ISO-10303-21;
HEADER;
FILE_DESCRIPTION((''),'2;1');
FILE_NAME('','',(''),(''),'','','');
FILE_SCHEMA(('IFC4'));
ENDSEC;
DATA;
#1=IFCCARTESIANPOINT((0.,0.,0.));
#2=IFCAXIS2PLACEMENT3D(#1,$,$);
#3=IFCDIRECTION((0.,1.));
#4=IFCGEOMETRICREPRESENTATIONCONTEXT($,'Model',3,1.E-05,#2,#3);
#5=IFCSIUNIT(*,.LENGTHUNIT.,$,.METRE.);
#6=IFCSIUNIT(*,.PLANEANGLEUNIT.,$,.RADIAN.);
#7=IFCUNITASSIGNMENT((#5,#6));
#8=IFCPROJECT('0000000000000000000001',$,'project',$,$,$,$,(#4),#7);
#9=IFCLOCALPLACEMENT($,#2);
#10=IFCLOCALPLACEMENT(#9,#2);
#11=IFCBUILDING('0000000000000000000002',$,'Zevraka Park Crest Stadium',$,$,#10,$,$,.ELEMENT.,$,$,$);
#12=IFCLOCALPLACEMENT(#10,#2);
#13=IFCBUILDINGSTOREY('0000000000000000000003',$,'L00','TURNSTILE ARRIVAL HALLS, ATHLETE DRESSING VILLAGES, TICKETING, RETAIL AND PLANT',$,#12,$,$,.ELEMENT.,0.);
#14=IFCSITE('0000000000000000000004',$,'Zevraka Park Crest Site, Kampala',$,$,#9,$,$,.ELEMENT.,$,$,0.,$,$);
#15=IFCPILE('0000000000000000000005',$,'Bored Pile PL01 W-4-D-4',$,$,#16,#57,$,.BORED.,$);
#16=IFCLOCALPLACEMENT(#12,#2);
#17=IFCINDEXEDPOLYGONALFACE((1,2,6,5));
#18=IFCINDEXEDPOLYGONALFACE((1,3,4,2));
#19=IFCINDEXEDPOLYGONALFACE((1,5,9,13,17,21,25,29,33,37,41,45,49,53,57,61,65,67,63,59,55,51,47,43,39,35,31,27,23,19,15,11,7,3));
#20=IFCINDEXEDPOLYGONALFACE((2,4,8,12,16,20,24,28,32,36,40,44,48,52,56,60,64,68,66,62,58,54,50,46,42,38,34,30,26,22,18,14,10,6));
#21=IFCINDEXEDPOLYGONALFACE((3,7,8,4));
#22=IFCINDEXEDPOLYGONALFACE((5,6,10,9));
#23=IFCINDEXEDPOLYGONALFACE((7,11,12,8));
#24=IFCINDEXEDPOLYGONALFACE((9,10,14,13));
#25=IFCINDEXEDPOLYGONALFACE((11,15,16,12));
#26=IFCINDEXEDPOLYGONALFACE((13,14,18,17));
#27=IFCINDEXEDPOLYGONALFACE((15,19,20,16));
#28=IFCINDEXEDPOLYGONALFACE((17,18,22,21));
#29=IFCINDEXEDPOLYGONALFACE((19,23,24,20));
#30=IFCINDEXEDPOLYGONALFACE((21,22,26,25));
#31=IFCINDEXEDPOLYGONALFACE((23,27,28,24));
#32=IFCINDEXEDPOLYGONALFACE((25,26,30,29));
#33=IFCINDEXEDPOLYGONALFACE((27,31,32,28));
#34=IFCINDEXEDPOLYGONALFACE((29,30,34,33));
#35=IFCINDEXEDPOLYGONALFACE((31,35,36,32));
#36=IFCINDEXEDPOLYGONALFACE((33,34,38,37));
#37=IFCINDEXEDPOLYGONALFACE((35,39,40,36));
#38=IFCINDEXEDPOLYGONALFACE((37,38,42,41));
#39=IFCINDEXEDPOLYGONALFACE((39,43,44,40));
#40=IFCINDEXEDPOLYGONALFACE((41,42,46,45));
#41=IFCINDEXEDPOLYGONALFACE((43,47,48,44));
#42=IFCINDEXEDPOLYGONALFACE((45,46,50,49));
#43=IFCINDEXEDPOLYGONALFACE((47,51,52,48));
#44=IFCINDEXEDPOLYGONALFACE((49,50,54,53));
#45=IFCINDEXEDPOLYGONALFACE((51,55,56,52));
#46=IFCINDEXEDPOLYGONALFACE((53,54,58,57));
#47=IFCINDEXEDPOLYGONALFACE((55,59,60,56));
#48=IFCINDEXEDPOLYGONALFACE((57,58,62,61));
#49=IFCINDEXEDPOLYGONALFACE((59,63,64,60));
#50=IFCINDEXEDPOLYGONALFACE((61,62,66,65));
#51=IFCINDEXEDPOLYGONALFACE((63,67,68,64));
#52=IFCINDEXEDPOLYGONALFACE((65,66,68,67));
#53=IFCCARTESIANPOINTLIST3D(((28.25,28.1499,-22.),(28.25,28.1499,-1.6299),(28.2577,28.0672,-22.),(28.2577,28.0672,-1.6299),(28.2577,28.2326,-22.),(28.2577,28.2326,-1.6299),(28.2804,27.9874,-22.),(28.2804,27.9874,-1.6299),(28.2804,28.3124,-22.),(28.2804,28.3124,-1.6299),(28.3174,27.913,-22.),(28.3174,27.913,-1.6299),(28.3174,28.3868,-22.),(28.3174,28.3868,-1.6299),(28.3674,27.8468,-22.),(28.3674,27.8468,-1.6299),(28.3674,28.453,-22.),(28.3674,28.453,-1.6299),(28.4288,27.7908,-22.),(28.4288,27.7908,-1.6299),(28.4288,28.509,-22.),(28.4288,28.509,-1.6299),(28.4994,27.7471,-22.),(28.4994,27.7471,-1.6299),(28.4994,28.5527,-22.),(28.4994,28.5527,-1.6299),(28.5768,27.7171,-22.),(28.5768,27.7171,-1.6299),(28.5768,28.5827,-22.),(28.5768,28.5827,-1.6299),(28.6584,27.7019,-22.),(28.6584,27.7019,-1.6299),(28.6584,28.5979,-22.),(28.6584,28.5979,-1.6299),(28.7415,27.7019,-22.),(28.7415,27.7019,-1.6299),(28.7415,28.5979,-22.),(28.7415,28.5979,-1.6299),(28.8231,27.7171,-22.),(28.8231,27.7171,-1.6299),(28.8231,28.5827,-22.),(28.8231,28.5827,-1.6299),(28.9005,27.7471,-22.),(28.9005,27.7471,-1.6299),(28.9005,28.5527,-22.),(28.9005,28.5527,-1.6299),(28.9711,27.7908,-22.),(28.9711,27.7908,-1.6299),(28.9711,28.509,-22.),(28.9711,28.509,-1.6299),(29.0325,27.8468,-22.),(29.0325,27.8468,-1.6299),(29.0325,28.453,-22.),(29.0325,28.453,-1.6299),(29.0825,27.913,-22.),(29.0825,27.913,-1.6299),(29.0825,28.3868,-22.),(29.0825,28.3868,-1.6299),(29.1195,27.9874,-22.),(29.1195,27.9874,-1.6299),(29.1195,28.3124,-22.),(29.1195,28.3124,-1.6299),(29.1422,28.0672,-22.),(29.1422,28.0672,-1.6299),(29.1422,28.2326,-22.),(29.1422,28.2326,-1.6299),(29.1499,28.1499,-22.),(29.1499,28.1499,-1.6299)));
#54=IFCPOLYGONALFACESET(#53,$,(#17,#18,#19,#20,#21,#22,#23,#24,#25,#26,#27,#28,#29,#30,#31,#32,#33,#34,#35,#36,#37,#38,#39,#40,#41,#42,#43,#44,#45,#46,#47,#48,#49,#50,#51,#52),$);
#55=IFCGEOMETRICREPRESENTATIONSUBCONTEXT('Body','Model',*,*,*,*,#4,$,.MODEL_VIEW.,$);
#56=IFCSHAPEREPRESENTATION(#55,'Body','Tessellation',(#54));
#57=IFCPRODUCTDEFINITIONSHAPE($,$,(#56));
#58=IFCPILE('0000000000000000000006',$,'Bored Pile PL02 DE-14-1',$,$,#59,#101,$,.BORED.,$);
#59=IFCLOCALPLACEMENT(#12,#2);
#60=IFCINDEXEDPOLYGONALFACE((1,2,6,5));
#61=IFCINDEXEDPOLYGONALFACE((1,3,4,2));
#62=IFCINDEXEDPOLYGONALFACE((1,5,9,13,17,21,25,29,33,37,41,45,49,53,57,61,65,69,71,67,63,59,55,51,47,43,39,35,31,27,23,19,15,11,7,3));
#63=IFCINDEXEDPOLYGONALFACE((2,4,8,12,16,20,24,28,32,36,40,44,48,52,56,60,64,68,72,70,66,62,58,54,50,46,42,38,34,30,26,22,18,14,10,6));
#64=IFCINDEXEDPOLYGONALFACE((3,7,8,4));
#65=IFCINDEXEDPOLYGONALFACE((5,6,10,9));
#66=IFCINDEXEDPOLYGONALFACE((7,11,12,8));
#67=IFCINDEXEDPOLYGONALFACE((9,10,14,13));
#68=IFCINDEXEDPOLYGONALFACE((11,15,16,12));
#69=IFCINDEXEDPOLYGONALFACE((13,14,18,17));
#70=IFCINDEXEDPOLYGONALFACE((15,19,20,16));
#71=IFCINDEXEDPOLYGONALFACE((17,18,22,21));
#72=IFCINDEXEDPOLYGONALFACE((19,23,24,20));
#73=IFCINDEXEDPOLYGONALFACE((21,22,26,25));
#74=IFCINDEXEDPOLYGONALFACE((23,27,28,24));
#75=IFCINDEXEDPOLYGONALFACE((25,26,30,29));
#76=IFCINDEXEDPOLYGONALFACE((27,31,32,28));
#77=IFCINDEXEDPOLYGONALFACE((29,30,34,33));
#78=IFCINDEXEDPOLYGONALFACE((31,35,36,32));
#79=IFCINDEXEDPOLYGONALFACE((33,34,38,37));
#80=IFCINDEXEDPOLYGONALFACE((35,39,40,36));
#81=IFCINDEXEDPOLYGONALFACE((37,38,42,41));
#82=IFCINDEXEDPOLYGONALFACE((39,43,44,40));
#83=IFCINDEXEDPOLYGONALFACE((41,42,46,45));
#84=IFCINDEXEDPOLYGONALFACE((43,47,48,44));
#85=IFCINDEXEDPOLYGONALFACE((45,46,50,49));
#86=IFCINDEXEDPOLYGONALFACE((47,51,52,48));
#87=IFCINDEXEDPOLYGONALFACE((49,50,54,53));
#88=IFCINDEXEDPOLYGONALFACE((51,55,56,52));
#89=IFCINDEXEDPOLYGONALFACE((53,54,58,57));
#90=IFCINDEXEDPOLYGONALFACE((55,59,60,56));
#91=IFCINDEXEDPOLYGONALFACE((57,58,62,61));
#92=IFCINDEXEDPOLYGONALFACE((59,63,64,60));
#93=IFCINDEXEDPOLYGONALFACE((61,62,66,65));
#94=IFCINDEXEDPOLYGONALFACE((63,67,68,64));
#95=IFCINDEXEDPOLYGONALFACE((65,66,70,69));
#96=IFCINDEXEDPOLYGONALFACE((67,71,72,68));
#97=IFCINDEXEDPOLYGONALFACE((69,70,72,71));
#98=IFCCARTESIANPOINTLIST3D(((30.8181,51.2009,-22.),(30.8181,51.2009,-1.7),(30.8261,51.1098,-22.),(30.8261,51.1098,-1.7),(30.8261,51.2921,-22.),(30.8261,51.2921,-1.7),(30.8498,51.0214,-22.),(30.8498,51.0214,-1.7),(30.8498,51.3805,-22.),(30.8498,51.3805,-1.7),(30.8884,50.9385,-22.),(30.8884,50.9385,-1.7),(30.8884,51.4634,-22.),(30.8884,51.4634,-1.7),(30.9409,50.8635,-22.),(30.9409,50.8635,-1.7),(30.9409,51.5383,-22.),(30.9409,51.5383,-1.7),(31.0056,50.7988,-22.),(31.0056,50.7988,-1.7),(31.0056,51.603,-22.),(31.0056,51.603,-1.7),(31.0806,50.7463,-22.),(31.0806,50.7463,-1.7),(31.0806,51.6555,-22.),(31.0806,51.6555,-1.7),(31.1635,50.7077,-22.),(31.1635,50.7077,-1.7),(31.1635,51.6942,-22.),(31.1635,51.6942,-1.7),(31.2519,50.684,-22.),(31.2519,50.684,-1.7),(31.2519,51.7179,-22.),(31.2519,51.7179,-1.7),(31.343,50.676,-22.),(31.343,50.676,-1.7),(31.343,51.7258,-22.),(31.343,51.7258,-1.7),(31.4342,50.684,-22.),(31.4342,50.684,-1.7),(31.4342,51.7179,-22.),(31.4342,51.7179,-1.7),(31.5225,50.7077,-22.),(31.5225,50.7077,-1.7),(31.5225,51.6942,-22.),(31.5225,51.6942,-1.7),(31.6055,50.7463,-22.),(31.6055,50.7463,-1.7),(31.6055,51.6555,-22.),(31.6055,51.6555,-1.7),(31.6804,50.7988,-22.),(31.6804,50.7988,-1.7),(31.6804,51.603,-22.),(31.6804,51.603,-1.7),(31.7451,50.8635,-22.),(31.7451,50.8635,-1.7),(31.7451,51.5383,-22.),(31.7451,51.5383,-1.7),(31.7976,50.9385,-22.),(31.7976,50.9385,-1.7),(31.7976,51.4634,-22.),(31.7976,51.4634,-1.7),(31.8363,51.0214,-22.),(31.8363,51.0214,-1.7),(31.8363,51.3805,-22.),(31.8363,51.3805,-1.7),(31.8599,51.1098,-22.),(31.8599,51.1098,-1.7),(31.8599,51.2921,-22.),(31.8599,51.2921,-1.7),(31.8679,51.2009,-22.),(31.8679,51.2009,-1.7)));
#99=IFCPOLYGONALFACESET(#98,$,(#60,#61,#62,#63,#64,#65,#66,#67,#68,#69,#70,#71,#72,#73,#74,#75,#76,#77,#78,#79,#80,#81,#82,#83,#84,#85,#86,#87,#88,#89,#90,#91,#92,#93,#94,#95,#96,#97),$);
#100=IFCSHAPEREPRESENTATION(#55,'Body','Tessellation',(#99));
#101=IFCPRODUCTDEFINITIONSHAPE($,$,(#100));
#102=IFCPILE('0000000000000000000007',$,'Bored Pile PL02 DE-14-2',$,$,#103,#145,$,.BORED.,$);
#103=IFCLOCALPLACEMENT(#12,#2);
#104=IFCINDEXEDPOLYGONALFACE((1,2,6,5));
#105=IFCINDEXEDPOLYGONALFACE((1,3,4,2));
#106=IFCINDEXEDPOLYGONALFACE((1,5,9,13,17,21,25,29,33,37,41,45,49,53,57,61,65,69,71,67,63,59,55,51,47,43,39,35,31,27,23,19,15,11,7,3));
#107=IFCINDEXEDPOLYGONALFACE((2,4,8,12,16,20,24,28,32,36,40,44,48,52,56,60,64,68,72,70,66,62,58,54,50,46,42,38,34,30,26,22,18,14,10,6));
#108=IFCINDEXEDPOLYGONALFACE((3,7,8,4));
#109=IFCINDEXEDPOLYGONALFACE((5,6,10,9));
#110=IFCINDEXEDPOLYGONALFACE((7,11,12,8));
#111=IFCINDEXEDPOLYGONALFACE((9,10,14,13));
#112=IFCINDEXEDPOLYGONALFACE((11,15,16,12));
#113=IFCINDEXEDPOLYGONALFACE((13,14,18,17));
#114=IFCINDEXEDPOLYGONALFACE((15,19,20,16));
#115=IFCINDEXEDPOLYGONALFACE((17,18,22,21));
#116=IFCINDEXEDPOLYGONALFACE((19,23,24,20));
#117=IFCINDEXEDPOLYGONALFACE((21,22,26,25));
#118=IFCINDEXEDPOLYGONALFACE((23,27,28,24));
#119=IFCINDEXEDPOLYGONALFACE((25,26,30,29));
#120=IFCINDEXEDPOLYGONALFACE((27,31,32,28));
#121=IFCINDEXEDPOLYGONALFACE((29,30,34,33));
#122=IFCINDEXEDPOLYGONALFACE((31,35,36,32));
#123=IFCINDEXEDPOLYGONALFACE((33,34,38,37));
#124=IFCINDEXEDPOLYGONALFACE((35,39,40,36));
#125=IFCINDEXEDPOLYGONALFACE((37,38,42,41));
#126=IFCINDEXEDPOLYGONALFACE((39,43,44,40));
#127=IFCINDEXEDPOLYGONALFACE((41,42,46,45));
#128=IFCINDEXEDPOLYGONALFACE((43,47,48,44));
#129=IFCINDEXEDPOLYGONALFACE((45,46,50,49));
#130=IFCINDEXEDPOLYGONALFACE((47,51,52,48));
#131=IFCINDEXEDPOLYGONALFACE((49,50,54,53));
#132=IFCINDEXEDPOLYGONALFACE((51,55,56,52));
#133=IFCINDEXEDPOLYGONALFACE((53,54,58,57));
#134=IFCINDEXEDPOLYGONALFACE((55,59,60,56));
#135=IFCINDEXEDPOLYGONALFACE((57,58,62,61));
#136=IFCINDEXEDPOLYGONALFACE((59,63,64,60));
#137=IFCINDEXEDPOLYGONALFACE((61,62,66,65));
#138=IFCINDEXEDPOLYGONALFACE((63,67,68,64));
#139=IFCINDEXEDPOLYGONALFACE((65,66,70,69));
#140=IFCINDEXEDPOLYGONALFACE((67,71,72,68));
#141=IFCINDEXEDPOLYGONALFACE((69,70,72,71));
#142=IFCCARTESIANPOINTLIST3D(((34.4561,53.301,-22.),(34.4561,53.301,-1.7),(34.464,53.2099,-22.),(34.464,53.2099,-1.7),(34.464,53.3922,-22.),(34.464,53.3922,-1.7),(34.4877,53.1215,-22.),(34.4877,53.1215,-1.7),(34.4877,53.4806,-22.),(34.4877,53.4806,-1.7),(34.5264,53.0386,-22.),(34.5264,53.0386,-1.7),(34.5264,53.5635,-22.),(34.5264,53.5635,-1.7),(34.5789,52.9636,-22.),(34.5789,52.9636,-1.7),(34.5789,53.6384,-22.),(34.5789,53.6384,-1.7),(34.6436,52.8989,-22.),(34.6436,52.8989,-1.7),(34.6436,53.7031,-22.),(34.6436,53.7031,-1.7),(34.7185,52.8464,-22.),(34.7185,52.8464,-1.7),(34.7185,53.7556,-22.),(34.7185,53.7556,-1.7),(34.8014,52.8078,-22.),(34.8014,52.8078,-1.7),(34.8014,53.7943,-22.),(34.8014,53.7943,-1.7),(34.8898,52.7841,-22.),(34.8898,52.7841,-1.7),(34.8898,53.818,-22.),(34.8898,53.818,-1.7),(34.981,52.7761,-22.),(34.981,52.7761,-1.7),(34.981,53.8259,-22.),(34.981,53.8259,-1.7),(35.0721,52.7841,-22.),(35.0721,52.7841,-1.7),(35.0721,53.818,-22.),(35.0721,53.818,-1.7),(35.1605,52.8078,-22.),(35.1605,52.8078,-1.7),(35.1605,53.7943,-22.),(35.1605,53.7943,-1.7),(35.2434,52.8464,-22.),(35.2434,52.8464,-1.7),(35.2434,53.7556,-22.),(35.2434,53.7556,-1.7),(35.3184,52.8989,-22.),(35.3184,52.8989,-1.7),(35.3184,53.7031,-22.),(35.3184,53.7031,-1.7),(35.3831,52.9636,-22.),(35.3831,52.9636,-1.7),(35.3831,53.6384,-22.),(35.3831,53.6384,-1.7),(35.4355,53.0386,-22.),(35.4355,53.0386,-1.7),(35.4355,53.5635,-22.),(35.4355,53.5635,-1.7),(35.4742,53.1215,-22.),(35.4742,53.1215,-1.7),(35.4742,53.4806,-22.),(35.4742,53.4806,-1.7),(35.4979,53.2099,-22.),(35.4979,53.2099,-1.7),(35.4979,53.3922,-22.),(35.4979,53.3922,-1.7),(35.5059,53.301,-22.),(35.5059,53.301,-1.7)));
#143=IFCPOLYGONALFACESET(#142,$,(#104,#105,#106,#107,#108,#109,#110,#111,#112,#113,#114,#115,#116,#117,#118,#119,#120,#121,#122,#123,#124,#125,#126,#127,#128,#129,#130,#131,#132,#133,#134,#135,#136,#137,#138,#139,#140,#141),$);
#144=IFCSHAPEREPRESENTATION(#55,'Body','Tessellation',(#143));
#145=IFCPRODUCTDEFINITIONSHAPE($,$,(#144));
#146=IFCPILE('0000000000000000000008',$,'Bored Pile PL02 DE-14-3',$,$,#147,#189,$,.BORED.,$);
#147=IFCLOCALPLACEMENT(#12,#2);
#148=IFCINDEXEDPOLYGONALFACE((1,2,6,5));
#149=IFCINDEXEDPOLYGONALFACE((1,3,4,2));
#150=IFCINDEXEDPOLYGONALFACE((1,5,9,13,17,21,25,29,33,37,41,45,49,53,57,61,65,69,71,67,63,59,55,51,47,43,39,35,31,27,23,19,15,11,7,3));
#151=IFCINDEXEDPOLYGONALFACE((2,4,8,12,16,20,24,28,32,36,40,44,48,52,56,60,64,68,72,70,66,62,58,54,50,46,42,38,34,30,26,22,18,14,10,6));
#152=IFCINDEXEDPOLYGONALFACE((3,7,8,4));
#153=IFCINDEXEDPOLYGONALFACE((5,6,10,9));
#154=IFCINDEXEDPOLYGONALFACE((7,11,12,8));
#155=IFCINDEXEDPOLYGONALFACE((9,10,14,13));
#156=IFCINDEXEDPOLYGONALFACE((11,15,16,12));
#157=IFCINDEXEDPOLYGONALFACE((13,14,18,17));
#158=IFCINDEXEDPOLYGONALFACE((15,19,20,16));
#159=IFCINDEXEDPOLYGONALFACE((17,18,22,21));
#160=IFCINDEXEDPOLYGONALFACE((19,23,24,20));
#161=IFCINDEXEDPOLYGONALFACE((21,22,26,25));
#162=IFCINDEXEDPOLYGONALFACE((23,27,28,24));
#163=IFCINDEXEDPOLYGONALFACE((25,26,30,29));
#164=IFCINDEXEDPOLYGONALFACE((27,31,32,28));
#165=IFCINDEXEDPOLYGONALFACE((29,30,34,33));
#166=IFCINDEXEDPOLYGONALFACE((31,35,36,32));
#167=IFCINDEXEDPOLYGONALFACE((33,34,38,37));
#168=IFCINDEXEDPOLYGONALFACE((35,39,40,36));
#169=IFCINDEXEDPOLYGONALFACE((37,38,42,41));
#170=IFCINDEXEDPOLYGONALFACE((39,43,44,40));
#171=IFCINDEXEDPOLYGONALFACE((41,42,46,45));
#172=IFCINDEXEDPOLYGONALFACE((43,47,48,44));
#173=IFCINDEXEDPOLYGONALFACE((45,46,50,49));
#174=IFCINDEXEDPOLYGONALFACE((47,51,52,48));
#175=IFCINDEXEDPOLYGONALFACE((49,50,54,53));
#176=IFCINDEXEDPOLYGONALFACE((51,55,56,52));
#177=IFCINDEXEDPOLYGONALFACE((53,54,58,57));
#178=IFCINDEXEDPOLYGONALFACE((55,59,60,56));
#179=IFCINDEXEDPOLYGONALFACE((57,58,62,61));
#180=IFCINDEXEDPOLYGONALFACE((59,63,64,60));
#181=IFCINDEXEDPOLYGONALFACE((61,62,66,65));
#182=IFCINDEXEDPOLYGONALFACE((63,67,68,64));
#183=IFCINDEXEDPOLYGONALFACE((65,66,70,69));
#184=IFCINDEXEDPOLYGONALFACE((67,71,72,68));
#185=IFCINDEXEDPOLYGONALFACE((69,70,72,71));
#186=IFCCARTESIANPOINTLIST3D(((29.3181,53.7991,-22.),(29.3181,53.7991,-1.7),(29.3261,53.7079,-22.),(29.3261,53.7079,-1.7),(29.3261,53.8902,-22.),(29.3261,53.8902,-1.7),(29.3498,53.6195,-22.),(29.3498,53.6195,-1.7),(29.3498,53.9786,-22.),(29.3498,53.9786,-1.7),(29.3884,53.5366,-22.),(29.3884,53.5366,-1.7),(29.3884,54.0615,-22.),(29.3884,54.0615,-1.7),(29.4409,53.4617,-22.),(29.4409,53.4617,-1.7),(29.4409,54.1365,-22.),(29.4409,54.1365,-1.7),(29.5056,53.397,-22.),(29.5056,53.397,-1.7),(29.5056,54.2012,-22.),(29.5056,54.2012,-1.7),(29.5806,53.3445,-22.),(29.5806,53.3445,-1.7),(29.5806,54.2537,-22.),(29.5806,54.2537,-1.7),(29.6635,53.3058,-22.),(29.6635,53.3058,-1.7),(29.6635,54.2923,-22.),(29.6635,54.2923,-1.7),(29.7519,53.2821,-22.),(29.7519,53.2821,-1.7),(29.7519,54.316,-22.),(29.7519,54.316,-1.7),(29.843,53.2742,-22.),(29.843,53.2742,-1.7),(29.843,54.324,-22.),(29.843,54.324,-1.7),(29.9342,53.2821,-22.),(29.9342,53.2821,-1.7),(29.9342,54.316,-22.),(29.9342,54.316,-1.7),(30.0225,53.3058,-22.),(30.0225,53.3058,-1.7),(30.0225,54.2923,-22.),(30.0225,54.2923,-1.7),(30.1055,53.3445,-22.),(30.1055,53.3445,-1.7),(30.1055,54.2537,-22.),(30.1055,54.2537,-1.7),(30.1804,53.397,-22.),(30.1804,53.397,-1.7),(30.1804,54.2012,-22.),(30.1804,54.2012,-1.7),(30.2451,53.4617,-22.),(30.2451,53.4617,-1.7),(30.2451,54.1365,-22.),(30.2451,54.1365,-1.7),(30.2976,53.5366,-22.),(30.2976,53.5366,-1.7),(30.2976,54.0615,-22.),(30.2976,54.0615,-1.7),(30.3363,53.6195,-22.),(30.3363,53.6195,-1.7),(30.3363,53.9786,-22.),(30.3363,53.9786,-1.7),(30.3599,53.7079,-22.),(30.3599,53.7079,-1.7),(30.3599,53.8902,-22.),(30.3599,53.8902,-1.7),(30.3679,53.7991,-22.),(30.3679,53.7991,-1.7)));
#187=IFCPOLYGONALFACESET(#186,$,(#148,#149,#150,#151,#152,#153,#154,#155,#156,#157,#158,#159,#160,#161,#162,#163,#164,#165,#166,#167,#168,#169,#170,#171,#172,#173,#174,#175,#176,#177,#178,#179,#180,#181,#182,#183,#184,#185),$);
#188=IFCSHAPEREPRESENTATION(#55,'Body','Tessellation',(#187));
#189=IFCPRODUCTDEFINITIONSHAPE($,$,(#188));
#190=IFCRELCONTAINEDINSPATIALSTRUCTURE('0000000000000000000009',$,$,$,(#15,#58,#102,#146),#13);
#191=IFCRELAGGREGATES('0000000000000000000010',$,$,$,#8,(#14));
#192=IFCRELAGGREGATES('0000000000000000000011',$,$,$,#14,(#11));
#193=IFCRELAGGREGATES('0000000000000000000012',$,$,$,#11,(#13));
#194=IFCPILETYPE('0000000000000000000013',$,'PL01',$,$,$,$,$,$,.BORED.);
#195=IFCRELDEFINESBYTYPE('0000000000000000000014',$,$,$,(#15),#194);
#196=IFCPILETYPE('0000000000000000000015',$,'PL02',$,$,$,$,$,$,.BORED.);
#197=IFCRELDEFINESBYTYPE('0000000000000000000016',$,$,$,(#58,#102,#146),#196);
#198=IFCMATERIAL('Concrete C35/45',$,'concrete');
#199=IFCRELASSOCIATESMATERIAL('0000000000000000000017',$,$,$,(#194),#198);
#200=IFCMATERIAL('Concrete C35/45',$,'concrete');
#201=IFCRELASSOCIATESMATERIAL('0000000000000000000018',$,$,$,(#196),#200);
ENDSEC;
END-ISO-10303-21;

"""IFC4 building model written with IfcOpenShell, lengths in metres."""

from ifc_helpers import new_model, si_unit, direction, frame, origin, origin_2d, place, context, subcontext, project, spatial, circle, extrude, material, material_profile, profile_set, type_object, element, save


model = new_model("IFC4")

# Units and contexts
model_context = context("Model", 3, precision=1e-05, world=origin(), true_north=direction((0.0, 1.0)))
body_context = subcontext(model_context, "Body", "Model", "MODEL_VIEW")
ifc_project = project(units=[si_unit("LENGTHUNIT", "METRE"), si_unit("PLANEANGLEUNIT", "RADIAN")], contexts=[model_context])

# Site, building, storey
site_placement = place(None, origin())
site = spatial("IfcSite", under=ifc_project, at=site_placement, Name="Zevraka Park Crest Site, Kampala", CompositionType="ELEMENT", RefElevation=0.0)
building_placement = place(site_placement, origin())
building = spatial("IfcBuilding", under=site, at=building_placement, Name="Zevraka Park Crest Stadium", CompositionType="ELEMENT")
storey_placement = place(building_placement, origin())
storey = spatial("IfcBuildingStorey", under=building, at=storey_placement, Name="L00", Description="TURNSTILE ARRIVAL HALLS, ATHLETE DRESSING VILLAGES, TICKETING, RETAIL AND PLANT", CompositionType="ELEMENT", Elevation=0.0)

# Piles
ifc_material_1 = material(Name="Concrete C35/45", Category="concrete")
ifc_material_profile_1 = material_profile(ifc_material_1, circle(Radius=0.45, at=origin_2d()), Name="PILE D900")
ifc_profile_set_1 = profile_set([ifc_material_profile_1], Name="Concrete C35/45")
pile_type_1 = type_object("IfcPileType", Name="PL01", PredefinedType="BORED", material=ifc_profile_set_1)
for number, where, z_axis, x_axis, name in (
    (1, (28.7, 28.1499, -1.6299), (0.0, 0.0, -1.0), (1.0, 0.0, 0.0), "Bored Pile PL01 W-4-D-4"),
):
    element("IfcPile", number, at=place(storey_placement, frame(where, z_axis=z_axis, x_axis=x_axis)), inside=storey, type_object=pile_type_1, Name=name, PredefinedType="BORED", context=body_context, shape_type="SweptSolid", body=[
        extrude(circle(Radius=0.45, at=origin_2d()), origin(), (0.0, 0.0, 1.0), 20.3701),
    ])
ifc_material_2 = material(Name="Concrete C35/45", Category="concrete")
ifc_material_profile_2 = material_profile(ifc_material_2, circle(Radius=0.5249, at=origin_2d()), Name="PILE D1050")
ifc_profile_set_2 = profile_set([ifc_material_profile_2], Name="Concrete C35/45")
pile_type_2 = type_object("IfcPileType", Name="PL02", PredefinedType="BORED", material=ifc_profile_set_2)
for number, where, z_axis, x_axis, name in (
    (2, (31.343, 51.2009, -1.7), (0.0, 0.0, -1.0), (1.0, 0.0, 0.0), "Bored Pile PL02 DE-14-1"),
    (3, (34.981, 53.301, -1.7), (0.0, 0.0, -1.0), (1.0, 0.0, 0.0), "Bored Pile PL02 DE-14-2"),
    (4, (29.843, 53.7991, -1.7), (0.0, 0.0, -1.0), (1.0, 0.0, 0.0), "Bored Pile PL02 DE-14-3"),
):
    element("IfcPile", number, at=place(storey_placement, frame(where, z_axis=z_axis, x_axis=x_axis)), inside=storey, type_object=pile_type_2, Name=name, PredefinedType="BORED", context=body_context, shape_type="SweptSolid", body=[
        extrude(circle(Radius=0.5249, at=origin_2d()), origin(), (0.0, 0.0, 1.0), 20.3),
    ])

save(model, "model.ifc")
